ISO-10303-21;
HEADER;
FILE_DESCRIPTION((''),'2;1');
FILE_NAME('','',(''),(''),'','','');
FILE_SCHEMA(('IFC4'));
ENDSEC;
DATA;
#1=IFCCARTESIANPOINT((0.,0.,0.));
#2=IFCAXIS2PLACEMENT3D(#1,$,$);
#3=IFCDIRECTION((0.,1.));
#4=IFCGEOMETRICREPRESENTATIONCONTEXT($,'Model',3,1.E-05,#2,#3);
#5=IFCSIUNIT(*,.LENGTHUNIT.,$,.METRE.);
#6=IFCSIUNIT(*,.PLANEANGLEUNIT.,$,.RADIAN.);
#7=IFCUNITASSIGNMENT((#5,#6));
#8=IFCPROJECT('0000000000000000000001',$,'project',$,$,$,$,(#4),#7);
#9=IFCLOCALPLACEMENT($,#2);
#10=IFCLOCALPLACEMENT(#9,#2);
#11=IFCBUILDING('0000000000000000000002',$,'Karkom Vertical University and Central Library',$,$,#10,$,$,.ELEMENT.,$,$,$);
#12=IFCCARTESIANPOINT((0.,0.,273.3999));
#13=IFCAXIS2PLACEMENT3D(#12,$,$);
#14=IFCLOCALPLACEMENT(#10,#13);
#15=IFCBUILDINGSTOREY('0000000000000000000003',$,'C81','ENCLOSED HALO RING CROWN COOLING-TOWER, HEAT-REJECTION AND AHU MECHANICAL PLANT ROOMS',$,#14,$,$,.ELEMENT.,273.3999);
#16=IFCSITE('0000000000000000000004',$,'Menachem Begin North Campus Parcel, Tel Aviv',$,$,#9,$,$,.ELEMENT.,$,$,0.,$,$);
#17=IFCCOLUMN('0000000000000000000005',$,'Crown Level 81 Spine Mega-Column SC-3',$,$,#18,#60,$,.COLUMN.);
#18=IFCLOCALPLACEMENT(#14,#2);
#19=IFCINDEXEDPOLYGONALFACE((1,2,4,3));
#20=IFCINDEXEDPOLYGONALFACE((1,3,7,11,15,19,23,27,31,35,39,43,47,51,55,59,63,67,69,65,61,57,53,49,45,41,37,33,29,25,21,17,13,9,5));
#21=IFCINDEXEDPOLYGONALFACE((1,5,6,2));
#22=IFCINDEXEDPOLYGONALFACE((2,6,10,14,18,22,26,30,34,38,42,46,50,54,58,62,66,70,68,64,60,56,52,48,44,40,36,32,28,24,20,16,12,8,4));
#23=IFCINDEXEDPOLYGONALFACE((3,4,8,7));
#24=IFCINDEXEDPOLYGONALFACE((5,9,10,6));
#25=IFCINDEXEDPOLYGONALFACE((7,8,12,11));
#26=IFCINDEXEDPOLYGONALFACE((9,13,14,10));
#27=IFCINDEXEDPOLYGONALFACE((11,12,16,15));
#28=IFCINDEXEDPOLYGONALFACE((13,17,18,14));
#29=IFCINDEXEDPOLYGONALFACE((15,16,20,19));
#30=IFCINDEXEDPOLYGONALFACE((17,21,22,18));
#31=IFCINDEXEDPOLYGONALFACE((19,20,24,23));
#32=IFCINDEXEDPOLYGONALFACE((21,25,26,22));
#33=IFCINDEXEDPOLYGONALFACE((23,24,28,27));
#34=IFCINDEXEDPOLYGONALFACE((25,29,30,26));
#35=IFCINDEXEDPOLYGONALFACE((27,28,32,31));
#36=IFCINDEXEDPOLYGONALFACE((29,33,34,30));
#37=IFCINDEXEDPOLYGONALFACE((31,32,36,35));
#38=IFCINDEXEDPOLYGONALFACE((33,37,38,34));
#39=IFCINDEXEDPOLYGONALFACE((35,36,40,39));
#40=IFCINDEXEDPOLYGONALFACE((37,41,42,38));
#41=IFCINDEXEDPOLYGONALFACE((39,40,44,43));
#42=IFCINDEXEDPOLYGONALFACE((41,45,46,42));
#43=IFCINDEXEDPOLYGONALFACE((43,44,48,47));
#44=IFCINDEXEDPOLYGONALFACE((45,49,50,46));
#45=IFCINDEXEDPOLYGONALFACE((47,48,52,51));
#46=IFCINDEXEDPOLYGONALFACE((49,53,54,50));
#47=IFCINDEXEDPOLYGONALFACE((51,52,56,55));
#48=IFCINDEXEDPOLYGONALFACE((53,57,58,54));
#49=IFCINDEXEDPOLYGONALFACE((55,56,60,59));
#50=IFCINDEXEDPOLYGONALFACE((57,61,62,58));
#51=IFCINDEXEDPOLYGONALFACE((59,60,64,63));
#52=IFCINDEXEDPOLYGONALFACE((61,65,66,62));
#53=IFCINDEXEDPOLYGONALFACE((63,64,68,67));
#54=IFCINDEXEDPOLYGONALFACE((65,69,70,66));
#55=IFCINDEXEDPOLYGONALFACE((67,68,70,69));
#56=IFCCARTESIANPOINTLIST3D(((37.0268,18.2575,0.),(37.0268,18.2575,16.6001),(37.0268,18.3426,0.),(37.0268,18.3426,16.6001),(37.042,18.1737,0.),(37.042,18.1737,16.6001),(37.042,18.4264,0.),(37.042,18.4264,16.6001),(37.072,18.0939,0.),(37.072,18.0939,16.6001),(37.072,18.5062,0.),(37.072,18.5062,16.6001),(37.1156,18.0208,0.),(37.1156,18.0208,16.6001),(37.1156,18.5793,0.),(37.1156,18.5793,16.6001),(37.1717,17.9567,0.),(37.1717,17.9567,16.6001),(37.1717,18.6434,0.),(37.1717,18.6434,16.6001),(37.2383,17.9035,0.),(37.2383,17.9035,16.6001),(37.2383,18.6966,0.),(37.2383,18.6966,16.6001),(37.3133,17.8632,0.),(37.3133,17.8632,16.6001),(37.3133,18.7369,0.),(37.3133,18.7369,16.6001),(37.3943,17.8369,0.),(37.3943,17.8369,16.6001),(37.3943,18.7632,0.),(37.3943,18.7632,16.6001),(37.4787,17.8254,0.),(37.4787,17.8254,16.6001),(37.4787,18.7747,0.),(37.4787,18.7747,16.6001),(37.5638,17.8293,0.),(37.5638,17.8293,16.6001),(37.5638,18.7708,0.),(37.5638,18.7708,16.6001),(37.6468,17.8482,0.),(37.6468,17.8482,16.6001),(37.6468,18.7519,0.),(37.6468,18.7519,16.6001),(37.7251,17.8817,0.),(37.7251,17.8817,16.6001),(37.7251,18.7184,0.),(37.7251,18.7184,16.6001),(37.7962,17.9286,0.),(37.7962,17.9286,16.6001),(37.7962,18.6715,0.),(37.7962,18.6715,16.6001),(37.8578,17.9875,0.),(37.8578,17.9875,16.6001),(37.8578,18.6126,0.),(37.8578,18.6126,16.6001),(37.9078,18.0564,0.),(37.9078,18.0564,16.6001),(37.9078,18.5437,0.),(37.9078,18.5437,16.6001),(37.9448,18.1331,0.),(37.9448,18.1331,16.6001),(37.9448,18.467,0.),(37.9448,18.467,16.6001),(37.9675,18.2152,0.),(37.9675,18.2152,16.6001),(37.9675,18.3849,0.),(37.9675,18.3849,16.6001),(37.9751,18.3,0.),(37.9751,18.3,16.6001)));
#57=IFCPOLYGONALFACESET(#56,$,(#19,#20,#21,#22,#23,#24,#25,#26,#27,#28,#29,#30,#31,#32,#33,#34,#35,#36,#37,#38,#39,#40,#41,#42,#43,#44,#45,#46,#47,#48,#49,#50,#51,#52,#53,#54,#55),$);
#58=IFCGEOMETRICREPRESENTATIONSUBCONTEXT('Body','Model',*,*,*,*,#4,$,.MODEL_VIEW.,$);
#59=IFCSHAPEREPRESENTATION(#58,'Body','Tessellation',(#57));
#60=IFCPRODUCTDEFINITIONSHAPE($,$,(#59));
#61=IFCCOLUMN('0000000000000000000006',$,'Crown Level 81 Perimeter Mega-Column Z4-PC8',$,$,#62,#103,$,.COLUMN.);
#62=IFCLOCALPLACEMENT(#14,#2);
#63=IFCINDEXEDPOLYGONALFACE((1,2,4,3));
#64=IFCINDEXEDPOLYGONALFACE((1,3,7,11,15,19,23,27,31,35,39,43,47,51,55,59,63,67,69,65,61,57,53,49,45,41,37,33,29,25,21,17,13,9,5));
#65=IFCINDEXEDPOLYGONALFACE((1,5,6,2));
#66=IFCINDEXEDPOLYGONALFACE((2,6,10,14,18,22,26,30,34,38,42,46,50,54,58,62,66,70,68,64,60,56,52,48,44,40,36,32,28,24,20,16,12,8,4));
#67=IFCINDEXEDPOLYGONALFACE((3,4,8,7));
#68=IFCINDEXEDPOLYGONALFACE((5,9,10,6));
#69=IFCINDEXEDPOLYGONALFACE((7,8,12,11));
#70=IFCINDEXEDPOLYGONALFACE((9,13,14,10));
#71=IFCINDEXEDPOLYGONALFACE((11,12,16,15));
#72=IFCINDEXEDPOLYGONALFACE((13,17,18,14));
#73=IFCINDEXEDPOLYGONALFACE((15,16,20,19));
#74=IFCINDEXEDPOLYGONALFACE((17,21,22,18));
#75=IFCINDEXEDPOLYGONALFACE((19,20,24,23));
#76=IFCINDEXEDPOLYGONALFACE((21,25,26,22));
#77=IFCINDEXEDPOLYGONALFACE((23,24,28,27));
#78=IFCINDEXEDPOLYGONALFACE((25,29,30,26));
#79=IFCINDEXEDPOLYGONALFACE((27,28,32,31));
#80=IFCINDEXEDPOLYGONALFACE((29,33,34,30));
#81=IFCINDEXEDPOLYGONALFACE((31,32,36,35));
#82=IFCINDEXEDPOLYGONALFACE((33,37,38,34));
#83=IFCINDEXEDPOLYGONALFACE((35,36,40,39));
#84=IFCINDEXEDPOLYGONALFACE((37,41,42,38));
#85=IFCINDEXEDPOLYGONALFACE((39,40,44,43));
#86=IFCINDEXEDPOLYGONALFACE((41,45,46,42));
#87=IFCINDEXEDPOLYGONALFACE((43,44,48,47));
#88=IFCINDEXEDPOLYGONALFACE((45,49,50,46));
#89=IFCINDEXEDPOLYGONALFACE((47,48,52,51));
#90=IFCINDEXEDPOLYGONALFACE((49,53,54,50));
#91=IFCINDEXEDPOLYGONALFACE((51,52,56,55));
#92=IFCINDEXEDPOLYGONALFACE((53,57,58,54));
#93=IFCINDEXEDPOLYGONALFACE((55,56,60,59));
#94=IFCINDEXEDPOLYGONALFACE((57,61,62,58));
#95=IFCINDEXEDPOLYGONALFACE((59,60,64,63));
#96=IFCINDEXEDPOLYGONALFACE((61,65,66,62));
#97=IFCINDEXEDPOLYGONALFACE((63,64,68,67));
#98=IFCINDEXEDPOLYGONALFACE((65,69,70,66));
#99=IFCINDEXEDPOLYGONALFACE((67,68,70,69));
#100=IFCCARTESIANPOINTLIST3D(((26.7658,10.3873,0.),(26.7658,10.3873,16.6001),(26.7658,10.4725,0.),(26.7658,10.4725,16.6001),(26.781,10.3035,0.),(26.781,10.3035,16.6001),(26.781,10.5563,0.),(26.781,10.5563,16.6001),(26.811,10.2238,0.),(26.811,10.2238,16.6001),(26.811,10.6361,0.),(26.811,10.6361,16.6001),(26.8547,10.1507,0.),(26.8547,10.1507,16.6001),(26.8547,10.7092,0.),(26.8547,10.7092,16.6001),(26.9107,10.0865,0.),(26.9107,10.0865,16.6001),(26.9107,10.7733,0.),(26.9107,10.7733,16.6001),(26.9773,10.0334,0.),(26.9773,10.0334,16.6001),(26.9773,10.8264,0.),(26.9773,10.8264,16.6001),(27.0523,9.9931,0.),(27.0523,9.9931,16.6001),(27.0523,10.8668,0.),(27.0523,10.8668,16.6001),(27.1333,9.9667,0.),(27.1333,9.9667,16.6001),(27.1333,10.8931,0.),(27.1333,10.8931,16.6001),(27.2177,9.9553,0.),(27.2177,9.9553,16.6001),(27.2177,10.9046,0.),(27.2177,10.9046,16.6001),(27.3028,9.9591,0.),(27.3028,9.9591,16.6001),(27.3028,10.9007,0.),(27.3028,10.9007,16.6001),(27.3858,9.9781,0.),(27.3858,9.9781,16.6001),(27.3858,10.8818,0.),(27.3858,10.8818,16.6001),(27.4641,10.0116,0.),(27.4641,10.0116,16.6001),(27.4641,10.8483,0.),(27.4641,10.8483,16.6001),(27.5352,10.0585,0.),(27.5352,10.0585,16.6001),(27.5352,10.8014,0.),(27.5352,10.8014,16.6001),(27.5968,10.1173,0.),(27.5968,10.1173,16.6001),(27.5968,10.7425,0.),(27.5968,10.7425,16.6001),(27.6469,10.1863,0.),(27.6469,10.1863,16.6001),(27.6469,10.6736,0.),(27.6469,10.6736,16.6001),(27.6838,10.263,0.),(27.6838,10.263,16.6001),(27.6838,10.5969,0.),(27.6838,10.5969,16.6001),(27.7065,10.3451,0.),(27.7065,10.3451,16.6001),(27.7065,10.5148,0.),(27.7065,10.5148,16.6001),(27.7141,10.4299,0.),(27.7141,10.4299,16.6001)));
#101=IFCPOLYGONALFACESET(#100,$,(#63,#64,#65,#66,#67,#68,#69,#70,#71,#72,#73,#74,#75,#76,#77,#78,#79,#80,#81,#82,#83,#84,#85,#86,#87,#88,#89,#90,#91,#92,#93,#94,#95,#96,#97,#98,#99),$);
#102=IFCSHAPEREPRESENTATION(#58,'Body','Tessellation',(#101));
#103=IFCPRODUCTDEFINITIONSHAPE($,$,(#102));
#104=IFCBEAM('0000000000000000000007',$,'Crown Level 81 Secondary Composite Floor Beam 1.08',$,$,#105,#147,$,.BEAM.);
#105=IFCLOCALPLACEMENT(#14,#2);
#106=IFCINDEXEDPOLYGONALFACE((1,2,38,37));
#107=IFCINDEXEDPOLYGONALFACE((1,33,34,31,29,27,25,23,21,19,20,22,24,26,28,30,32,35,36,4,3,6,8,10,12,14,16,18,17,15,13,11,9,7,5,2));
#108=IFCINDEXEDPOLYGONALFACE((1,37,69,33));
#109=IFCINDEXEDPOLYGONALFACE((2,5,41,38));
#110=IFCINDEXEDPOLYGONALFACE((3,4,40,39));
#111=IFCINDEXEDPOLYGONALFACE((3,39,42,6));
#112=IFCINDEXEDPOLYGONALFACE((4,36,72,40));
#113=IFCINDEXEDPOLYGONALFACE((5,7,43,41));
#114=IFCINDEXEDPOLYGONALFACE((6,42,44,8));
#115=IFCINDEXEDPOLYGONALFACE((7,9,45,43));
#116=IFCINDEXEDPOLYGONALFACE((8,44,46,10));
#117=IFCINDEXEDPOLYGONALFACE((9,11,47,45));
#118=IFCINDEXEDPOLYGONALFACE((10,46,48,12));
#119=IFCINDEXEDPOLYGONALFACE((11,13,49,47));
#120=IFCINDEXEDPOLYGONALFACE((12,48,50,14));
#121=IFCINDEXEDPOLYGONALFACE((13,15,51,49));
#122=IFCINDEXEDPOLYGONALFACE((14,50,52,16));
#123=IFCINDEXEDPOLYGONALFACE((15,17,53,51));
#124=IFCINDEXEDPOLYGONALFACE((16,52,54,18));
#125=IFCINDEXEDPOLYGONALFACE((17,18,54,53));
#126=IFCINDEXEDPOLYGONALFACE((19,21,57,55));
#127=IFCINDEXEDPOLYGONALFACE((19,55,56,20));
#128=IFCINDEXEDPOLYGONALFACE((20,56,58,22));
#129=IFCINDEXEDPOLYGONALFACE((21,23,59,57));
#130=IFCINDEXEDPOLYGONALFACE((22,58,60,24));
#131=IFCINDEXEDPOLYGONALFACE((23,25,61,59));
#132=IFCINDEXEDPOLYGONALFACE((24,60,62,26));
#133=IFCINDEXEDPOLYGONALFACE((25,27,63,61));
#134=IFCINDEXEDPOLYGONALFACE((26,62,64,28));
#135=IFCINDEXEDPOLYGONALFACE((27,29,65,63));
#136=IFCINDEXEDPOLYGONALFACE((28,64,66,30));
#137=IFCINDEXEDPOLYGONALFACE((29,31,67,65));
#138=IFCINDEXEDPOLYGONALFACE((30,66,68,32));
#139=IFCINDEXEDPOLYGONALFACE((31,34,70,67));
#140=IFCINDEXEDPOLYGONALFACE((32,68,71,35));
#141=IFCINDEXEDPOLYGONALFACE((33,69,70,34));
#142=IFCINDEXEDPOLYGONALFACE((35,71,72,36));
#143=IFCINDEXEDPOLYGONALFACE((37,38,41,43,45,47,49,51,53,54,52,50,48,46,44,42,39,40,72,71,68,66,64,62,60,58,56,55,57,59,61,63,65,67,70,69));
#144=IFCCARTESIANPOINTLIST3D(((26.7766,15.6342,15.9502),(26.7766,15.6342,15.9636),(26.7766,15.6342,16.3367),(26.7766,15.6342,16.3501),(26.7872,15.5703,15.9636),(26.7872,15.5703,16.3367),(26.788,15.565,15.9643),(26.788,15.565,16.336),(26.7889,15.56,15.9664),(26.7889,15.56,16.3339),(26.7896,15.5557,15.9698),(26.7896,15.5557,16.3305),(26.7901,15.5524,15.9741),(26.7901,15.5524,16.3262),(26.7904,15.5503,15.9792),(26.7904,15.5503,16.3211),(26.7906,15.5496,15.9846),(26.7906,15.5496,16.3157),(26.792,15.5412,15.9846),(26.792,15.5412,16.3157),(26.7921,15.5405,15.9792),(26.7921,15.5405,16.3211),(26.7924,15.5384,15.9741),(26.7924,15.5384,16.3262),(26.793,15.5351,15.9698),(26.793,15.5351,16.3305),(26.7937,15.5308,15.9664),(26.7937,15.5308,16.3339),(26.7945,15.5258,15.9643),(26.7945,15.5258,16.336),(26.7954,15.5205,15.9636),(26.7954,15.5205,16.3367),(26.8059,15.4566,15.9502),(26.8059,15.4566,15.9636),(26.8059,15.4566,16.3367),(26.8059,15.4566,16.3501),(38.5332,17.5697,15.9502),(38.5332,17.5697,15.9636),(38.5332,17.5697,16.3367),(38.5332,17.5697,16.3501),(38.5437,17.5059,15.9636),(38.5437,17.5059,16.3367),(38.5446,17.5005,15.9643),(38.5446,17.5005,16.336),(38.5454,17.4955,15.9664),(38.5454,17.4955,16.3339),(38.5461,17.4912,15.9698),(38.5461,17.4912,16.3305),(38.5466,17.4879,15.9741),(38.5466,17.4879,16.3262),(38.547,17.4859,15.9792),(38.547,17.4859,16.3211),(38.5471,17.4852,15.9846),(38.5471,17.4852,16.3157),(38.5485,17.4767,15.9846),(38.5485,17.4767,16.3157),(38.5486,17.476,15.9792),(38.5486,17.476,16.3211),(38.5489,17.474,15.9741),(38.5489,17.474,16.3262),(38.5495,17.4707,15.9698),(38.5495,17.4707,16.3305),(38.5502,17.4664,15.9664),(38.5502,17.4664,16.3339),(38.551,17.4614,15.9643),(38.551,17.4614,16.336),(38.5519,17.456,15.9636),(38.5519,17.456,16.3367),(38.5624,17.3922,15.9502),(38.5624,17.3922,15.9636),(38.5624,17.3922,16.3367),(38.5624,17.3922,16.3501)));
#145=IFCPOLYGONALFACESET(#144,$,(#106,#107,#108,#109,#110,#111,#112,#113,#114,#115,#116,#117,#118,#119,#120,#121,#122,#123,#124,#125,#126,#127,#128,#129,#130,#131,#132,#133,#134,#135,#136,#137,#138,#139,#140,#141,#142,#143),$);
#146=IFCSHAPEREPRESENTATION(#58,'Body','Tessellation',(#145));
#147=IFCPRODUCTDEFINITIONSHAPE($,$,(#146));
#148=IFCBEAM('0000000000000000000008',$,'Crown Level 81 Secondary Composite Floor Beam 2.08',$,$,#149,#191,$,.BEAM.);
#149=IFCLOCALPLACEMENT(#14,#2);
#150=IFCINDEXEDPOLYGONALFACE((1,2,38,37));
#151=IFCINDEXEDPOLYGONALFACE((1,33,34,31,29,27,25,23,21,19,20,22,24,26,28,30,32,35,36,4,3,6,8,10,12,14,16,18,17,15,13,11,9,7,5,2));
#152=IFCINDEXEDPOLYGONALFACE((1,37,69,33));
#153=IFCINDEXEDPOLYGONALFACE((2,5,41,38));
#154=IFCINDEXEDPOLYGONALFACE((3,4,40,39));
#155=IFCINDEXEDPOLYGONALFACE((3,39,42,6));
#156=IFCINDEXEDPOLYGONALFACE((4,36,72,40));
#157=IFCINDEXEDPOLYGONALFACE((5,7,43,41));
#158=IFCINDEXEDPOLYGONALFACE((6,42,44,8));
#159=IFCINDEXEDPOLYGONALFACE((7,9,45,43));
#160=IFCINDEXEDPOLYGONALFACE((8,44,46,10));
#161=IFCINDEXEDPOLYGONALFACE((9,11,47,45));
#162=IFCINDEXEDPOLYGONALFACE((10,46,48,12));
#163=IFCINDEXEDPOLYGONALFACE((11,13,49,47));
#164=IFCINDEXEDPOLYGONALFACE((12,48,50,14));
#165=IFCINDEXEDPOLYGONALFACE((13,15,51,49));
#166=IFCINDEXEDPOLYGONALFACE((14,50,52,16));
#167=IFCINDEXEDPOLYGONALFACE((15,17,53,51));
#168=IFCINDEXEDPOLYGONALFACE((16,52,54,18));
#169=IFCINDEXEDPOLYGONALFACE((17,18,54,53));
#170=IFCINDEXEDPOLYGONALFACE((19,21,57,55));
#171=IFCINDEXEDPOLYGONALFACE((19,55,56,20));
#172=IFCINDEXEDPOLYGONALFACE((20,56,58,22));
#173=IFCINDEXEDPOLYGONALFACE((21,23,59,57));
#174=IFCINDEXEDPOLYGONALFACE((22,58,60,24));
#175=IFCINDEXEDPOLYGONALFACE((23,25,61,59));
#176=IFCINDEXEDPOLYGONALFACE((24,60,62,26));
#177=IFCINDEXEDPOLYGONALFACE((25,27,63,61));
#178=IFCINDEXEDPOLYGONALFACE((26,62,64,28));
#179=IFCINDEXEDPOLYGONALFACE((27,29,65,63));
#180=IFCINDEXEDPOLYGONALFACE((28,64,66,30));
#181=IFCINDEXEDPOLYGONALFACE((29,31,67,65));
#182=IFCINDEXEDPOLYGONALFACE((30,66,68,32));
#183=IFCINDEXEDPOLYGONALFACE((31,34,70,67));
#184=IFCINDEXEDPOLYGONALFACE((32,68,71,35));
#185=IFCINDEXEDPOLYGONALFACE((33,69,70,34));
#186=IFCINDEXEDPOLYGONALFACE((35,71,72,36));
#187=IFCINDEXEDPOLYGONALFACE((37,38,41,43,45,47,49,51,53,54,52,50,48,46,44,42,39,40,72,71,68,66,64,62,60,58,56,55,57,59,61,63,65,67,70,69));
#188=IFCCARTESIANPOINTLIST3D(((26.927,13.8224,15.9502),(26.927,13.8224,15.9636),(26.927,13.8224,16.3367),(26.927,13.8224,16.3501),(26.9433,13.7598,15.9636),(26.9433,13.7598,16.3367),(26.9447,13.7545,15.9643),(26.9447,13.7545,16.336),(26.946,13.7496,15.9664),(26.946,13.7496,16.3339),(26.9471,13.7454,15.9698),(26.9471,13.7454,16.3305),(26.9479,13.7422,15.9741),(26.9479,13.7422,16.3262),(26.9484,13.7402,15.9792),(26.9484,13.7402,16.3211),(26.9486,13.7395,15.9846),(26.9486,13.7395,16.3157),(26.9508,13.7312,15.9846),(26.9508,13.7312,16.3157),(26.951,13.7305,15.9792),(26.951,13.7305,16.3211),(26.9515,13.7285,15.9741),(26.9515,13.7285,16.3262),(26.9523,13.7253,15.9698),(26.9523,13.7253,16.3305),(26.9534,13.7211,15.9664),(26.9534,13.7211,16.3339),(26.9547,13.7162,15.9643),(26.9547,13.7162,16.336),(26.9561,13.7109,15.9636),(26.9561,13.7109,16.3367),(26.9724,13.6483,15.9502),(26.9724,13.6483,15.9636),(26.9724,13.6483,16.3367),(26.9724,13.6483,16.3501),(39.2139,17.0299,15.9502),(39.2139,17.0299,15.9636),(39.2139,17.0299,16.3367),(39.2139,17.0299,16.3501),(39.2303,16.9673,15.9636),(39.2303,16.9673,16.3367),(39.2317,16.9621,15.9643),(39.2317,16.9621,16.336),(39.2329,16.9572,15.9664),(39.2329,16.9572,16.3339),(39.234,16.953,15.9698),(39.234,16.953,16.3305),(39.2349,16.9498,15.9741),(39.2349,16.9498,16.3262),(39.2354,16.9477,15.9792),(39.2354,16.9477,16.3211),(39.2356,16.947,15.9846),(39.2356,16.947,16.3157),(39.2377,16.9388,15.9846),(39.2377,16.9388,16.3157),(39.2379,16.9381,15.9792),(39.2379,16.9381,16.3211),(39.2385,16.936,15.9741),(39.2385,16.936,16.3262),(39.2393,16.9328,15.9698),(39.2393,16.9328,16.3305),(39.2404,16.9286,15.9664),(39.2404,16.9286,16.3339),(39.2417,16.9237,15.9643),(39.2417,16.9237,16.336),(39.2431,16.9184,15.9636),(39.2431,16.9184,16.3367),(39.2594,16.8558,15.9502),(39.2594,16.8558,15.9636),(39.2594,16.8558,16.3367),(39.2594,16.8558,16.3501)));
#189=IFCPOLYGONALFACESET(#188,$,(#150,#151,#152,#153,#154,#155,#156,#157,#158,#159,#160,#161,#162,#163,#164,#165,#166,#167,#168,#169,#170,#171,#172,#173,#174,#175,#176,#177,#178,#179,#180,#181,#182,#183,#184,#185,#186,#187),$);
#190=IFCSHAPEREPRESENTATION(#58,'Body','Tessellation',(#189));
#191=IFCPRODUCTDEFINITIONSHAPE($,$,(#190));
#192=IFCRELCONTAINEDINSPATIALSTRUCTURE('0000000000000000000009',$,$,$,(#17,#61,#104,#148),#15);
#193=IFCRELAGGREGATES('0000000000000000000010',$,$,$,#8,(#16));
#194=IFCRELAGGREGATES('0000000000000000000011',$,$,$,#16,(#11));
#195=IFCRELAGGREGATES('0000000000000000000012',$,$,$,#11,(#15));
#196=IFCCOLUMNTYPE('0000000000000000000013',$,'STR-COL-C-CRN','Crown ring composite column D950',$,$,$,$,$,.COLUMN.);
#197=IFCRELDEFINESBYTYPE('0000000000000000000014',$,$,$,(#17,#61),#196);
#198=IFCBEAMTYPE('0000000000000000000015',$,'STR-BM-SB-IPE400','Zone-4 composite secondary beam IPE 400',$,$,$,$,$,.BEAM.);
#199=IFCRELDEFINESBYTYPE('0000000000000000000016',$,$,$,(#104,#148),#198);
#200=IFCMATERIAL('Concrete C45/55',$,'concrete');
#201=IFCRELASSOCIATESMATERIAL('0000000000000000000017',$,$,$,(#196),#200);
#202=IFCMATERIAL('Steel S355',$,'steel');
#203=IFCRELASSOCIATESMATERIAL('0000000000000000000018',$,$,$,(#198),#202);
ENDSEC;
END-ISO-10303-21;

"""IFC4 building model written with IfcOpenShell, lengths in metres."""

from ifc_helpers import new_model, si_unit, direction, frame, origin, origin_with_axes, origin_2d, place, context, subcontext, project, spatial, circle, i_section, extrude, source, transform, mapped, material, material_profile, profile_set, type_object, element, save


model = new_model("IFC4")

# Units and contexts
model_context = context("Model", 3, precision=1e-05, world=origin(), true_north=direction((0.0, 1.0)))
body_context = subcontext(model_context, "Body", "Model", "MODEL_VIEW")
ifc_project = project(units=[si_unit("LENGTHUNIT", "METRE"), si_unit("PLANEANGLEUNIT", "RADIAN")], contexts=[model_context])

# Site, building, storey
site_placement = place(None, origin())
site = spatial("IfcSite", under=ifc_project, at=site_placement, Name="Menachem Begin North Campus Parcel, Tel Aviv", CompositionType="ELEMENT", RefElevation=0.0)
building_placement = place(site_placement, origin())
building = spatial("IfcBuilding", under=site, at=building_placement, Name="Karkom Vertical University and Central Library", CompositionType="ELEMENT")
storey_placement = place(building_placement, frame((0.0, 0.0, 273.3999)))
storey = spatial("IfcBuildingStorey", under=building, at=storey_placement, Name="C81", Description="ENCLOSED HALO RING CROWN COOLING-TOWER, HEAT-REJECTION AND AHU MECHANICAL PLANT ROOMS", CompositionType="ELEMENT", Elevation=273.3999)

# Columns
ifc_material_1 = material(Name="Concrete C45/55", Category="concrete")
ifc_material_profile_1 = material_profile(ifc_material_1, circle(Radius=0.4751, at=origin_2d()), Name="CFT-D950")
ifc_profile_set_1 = profile_set([ifc_material_profile_1], Name="Concrete C45/55")
column_type = type_object("IfcColumnType", Name="STR-COL-C-CRN", Description="Crown ring composite column D950", PredefinedType="COLUMN", material=ifc_profile_set_1)
shared_shape_1 = source(origin_with_axes(), body_context, "Body", "SweptSolid", [
    extrude(circle(Radius=0.4751, at=origin_2d()), origin(), (0.0, 0.0, 1.0), 16.6001),
])
for number, where, z_axis, x_axis, name in (
    (1, (37.5, 18.3, 0.0), (0.0, 0.0, 1.0), (1.0, 0.0, 0.0), "Crown Level 81 Spine Mega-Column SC-3"),
    (2, (27.239, 10.4299, 0.0), (0.0, 0.0, 1.0), (1.0, 0.0, 0.0), "Crown Level 81 Perimeter Mega-Column Z4-PC8"),
):
    element("IfcColumn", number, at=place(storey_placement, frame(where, z_axis=z_axis, x_axis=x_axis)), inside=storey, type_object=column_type, Name=name, PredefinedType="COLUMN", context=body_context, shape_type="MappedRepresentation", body=[
        mapped(shared_shape_1, transform((0.0, 0.0, 0.0), scale=1.0)),
    ])

# Beams
ifc_material_2 = material(Name="Steel S355", Category="steel")
ifc_material_profile_2 = material_profile(ifc_material_2, i_section(OverallWidth=0.1799, OverallDepth=0.3999, WebThickness=0.0085, FlangeThickness=0.0134, FilletRadius=0.021, at=origin_2d()), Name="IPE 400")
ifc_profile_set_2 = profile_set([ifc_material_profile_2], Name="Steel S355")
beam_type_1 = type_object("IfcBeamType", Name="STR-BM-SB-IPE400", Description="Zone-4 composite secondary beam IPE 400", PredefinedType="BEAM", material=ifc_profile_set_2)
shared_shape_2 = source(origin_with_axes(), body_context, "Body", "SweptSolid", [
    extrude(i_section(OverallWidth=0.1799, OverallDepth=0.3999, WebThickness=0.0085, FlangeThickness=0.0134, FilletRadius=0.021, at=origin_2d()), origin(), (0.0, 0.0, 1.0), 11.9148),
])
beam_1_placement = place(storey_placement, frame((26.7913, 15.5454, 16.1501), z_axis=(0.986717, 0.162448, 0.0), x_axis=(-0.162448, 0.986717, 0.0)))
element("IfcBeam", 3, at=beam_1_placement, inside=storey, type_object=beam_type_1, Name="Crown Level 81 Secondary Composite Floor Beam 1.08", PredefinedType="BEAM", context=body_context, shape_type="MappedRepresentation", body=[
    mapped(shared_shape_2, transform((0.0, 0.0, 0.0), scale=1.0)),
])
shared_shape_3 = source(origin_with_axes(), body_context, "Body", "SweptSolid", [
    extrude(i_section(OverallWidth=0.1799, OverallDepth=0.3999, WebThickness=0.0085, FlangeThickness=0.0134, FilletRadius=0.021, at=origin_2d()), origin(), (0.0, 0.0, 1.0), 12.6987),
])
beam_2_placement = place(storey_placement, frame((26.9497, 13.7354, 16.1501), z_axis=(0.967574, 0.252588, 0.0), x_axis=(-0.252588, 0.967574, 0.0)))
element("IfcBeam", 4, at=beam_2_placement, inside=storey, type_object=beam_type_1, Name="Crown Level 81 Secondary Composite Floor Beam 2.08", PredefinedType="BEAM", context=body_context, shape_type="MappedRepresentation", body=[
    mapped(shared_shape_3, transform((0.0, 0.0, 0.0), scale=1.0)),
])

save(model, "model.ifc")
